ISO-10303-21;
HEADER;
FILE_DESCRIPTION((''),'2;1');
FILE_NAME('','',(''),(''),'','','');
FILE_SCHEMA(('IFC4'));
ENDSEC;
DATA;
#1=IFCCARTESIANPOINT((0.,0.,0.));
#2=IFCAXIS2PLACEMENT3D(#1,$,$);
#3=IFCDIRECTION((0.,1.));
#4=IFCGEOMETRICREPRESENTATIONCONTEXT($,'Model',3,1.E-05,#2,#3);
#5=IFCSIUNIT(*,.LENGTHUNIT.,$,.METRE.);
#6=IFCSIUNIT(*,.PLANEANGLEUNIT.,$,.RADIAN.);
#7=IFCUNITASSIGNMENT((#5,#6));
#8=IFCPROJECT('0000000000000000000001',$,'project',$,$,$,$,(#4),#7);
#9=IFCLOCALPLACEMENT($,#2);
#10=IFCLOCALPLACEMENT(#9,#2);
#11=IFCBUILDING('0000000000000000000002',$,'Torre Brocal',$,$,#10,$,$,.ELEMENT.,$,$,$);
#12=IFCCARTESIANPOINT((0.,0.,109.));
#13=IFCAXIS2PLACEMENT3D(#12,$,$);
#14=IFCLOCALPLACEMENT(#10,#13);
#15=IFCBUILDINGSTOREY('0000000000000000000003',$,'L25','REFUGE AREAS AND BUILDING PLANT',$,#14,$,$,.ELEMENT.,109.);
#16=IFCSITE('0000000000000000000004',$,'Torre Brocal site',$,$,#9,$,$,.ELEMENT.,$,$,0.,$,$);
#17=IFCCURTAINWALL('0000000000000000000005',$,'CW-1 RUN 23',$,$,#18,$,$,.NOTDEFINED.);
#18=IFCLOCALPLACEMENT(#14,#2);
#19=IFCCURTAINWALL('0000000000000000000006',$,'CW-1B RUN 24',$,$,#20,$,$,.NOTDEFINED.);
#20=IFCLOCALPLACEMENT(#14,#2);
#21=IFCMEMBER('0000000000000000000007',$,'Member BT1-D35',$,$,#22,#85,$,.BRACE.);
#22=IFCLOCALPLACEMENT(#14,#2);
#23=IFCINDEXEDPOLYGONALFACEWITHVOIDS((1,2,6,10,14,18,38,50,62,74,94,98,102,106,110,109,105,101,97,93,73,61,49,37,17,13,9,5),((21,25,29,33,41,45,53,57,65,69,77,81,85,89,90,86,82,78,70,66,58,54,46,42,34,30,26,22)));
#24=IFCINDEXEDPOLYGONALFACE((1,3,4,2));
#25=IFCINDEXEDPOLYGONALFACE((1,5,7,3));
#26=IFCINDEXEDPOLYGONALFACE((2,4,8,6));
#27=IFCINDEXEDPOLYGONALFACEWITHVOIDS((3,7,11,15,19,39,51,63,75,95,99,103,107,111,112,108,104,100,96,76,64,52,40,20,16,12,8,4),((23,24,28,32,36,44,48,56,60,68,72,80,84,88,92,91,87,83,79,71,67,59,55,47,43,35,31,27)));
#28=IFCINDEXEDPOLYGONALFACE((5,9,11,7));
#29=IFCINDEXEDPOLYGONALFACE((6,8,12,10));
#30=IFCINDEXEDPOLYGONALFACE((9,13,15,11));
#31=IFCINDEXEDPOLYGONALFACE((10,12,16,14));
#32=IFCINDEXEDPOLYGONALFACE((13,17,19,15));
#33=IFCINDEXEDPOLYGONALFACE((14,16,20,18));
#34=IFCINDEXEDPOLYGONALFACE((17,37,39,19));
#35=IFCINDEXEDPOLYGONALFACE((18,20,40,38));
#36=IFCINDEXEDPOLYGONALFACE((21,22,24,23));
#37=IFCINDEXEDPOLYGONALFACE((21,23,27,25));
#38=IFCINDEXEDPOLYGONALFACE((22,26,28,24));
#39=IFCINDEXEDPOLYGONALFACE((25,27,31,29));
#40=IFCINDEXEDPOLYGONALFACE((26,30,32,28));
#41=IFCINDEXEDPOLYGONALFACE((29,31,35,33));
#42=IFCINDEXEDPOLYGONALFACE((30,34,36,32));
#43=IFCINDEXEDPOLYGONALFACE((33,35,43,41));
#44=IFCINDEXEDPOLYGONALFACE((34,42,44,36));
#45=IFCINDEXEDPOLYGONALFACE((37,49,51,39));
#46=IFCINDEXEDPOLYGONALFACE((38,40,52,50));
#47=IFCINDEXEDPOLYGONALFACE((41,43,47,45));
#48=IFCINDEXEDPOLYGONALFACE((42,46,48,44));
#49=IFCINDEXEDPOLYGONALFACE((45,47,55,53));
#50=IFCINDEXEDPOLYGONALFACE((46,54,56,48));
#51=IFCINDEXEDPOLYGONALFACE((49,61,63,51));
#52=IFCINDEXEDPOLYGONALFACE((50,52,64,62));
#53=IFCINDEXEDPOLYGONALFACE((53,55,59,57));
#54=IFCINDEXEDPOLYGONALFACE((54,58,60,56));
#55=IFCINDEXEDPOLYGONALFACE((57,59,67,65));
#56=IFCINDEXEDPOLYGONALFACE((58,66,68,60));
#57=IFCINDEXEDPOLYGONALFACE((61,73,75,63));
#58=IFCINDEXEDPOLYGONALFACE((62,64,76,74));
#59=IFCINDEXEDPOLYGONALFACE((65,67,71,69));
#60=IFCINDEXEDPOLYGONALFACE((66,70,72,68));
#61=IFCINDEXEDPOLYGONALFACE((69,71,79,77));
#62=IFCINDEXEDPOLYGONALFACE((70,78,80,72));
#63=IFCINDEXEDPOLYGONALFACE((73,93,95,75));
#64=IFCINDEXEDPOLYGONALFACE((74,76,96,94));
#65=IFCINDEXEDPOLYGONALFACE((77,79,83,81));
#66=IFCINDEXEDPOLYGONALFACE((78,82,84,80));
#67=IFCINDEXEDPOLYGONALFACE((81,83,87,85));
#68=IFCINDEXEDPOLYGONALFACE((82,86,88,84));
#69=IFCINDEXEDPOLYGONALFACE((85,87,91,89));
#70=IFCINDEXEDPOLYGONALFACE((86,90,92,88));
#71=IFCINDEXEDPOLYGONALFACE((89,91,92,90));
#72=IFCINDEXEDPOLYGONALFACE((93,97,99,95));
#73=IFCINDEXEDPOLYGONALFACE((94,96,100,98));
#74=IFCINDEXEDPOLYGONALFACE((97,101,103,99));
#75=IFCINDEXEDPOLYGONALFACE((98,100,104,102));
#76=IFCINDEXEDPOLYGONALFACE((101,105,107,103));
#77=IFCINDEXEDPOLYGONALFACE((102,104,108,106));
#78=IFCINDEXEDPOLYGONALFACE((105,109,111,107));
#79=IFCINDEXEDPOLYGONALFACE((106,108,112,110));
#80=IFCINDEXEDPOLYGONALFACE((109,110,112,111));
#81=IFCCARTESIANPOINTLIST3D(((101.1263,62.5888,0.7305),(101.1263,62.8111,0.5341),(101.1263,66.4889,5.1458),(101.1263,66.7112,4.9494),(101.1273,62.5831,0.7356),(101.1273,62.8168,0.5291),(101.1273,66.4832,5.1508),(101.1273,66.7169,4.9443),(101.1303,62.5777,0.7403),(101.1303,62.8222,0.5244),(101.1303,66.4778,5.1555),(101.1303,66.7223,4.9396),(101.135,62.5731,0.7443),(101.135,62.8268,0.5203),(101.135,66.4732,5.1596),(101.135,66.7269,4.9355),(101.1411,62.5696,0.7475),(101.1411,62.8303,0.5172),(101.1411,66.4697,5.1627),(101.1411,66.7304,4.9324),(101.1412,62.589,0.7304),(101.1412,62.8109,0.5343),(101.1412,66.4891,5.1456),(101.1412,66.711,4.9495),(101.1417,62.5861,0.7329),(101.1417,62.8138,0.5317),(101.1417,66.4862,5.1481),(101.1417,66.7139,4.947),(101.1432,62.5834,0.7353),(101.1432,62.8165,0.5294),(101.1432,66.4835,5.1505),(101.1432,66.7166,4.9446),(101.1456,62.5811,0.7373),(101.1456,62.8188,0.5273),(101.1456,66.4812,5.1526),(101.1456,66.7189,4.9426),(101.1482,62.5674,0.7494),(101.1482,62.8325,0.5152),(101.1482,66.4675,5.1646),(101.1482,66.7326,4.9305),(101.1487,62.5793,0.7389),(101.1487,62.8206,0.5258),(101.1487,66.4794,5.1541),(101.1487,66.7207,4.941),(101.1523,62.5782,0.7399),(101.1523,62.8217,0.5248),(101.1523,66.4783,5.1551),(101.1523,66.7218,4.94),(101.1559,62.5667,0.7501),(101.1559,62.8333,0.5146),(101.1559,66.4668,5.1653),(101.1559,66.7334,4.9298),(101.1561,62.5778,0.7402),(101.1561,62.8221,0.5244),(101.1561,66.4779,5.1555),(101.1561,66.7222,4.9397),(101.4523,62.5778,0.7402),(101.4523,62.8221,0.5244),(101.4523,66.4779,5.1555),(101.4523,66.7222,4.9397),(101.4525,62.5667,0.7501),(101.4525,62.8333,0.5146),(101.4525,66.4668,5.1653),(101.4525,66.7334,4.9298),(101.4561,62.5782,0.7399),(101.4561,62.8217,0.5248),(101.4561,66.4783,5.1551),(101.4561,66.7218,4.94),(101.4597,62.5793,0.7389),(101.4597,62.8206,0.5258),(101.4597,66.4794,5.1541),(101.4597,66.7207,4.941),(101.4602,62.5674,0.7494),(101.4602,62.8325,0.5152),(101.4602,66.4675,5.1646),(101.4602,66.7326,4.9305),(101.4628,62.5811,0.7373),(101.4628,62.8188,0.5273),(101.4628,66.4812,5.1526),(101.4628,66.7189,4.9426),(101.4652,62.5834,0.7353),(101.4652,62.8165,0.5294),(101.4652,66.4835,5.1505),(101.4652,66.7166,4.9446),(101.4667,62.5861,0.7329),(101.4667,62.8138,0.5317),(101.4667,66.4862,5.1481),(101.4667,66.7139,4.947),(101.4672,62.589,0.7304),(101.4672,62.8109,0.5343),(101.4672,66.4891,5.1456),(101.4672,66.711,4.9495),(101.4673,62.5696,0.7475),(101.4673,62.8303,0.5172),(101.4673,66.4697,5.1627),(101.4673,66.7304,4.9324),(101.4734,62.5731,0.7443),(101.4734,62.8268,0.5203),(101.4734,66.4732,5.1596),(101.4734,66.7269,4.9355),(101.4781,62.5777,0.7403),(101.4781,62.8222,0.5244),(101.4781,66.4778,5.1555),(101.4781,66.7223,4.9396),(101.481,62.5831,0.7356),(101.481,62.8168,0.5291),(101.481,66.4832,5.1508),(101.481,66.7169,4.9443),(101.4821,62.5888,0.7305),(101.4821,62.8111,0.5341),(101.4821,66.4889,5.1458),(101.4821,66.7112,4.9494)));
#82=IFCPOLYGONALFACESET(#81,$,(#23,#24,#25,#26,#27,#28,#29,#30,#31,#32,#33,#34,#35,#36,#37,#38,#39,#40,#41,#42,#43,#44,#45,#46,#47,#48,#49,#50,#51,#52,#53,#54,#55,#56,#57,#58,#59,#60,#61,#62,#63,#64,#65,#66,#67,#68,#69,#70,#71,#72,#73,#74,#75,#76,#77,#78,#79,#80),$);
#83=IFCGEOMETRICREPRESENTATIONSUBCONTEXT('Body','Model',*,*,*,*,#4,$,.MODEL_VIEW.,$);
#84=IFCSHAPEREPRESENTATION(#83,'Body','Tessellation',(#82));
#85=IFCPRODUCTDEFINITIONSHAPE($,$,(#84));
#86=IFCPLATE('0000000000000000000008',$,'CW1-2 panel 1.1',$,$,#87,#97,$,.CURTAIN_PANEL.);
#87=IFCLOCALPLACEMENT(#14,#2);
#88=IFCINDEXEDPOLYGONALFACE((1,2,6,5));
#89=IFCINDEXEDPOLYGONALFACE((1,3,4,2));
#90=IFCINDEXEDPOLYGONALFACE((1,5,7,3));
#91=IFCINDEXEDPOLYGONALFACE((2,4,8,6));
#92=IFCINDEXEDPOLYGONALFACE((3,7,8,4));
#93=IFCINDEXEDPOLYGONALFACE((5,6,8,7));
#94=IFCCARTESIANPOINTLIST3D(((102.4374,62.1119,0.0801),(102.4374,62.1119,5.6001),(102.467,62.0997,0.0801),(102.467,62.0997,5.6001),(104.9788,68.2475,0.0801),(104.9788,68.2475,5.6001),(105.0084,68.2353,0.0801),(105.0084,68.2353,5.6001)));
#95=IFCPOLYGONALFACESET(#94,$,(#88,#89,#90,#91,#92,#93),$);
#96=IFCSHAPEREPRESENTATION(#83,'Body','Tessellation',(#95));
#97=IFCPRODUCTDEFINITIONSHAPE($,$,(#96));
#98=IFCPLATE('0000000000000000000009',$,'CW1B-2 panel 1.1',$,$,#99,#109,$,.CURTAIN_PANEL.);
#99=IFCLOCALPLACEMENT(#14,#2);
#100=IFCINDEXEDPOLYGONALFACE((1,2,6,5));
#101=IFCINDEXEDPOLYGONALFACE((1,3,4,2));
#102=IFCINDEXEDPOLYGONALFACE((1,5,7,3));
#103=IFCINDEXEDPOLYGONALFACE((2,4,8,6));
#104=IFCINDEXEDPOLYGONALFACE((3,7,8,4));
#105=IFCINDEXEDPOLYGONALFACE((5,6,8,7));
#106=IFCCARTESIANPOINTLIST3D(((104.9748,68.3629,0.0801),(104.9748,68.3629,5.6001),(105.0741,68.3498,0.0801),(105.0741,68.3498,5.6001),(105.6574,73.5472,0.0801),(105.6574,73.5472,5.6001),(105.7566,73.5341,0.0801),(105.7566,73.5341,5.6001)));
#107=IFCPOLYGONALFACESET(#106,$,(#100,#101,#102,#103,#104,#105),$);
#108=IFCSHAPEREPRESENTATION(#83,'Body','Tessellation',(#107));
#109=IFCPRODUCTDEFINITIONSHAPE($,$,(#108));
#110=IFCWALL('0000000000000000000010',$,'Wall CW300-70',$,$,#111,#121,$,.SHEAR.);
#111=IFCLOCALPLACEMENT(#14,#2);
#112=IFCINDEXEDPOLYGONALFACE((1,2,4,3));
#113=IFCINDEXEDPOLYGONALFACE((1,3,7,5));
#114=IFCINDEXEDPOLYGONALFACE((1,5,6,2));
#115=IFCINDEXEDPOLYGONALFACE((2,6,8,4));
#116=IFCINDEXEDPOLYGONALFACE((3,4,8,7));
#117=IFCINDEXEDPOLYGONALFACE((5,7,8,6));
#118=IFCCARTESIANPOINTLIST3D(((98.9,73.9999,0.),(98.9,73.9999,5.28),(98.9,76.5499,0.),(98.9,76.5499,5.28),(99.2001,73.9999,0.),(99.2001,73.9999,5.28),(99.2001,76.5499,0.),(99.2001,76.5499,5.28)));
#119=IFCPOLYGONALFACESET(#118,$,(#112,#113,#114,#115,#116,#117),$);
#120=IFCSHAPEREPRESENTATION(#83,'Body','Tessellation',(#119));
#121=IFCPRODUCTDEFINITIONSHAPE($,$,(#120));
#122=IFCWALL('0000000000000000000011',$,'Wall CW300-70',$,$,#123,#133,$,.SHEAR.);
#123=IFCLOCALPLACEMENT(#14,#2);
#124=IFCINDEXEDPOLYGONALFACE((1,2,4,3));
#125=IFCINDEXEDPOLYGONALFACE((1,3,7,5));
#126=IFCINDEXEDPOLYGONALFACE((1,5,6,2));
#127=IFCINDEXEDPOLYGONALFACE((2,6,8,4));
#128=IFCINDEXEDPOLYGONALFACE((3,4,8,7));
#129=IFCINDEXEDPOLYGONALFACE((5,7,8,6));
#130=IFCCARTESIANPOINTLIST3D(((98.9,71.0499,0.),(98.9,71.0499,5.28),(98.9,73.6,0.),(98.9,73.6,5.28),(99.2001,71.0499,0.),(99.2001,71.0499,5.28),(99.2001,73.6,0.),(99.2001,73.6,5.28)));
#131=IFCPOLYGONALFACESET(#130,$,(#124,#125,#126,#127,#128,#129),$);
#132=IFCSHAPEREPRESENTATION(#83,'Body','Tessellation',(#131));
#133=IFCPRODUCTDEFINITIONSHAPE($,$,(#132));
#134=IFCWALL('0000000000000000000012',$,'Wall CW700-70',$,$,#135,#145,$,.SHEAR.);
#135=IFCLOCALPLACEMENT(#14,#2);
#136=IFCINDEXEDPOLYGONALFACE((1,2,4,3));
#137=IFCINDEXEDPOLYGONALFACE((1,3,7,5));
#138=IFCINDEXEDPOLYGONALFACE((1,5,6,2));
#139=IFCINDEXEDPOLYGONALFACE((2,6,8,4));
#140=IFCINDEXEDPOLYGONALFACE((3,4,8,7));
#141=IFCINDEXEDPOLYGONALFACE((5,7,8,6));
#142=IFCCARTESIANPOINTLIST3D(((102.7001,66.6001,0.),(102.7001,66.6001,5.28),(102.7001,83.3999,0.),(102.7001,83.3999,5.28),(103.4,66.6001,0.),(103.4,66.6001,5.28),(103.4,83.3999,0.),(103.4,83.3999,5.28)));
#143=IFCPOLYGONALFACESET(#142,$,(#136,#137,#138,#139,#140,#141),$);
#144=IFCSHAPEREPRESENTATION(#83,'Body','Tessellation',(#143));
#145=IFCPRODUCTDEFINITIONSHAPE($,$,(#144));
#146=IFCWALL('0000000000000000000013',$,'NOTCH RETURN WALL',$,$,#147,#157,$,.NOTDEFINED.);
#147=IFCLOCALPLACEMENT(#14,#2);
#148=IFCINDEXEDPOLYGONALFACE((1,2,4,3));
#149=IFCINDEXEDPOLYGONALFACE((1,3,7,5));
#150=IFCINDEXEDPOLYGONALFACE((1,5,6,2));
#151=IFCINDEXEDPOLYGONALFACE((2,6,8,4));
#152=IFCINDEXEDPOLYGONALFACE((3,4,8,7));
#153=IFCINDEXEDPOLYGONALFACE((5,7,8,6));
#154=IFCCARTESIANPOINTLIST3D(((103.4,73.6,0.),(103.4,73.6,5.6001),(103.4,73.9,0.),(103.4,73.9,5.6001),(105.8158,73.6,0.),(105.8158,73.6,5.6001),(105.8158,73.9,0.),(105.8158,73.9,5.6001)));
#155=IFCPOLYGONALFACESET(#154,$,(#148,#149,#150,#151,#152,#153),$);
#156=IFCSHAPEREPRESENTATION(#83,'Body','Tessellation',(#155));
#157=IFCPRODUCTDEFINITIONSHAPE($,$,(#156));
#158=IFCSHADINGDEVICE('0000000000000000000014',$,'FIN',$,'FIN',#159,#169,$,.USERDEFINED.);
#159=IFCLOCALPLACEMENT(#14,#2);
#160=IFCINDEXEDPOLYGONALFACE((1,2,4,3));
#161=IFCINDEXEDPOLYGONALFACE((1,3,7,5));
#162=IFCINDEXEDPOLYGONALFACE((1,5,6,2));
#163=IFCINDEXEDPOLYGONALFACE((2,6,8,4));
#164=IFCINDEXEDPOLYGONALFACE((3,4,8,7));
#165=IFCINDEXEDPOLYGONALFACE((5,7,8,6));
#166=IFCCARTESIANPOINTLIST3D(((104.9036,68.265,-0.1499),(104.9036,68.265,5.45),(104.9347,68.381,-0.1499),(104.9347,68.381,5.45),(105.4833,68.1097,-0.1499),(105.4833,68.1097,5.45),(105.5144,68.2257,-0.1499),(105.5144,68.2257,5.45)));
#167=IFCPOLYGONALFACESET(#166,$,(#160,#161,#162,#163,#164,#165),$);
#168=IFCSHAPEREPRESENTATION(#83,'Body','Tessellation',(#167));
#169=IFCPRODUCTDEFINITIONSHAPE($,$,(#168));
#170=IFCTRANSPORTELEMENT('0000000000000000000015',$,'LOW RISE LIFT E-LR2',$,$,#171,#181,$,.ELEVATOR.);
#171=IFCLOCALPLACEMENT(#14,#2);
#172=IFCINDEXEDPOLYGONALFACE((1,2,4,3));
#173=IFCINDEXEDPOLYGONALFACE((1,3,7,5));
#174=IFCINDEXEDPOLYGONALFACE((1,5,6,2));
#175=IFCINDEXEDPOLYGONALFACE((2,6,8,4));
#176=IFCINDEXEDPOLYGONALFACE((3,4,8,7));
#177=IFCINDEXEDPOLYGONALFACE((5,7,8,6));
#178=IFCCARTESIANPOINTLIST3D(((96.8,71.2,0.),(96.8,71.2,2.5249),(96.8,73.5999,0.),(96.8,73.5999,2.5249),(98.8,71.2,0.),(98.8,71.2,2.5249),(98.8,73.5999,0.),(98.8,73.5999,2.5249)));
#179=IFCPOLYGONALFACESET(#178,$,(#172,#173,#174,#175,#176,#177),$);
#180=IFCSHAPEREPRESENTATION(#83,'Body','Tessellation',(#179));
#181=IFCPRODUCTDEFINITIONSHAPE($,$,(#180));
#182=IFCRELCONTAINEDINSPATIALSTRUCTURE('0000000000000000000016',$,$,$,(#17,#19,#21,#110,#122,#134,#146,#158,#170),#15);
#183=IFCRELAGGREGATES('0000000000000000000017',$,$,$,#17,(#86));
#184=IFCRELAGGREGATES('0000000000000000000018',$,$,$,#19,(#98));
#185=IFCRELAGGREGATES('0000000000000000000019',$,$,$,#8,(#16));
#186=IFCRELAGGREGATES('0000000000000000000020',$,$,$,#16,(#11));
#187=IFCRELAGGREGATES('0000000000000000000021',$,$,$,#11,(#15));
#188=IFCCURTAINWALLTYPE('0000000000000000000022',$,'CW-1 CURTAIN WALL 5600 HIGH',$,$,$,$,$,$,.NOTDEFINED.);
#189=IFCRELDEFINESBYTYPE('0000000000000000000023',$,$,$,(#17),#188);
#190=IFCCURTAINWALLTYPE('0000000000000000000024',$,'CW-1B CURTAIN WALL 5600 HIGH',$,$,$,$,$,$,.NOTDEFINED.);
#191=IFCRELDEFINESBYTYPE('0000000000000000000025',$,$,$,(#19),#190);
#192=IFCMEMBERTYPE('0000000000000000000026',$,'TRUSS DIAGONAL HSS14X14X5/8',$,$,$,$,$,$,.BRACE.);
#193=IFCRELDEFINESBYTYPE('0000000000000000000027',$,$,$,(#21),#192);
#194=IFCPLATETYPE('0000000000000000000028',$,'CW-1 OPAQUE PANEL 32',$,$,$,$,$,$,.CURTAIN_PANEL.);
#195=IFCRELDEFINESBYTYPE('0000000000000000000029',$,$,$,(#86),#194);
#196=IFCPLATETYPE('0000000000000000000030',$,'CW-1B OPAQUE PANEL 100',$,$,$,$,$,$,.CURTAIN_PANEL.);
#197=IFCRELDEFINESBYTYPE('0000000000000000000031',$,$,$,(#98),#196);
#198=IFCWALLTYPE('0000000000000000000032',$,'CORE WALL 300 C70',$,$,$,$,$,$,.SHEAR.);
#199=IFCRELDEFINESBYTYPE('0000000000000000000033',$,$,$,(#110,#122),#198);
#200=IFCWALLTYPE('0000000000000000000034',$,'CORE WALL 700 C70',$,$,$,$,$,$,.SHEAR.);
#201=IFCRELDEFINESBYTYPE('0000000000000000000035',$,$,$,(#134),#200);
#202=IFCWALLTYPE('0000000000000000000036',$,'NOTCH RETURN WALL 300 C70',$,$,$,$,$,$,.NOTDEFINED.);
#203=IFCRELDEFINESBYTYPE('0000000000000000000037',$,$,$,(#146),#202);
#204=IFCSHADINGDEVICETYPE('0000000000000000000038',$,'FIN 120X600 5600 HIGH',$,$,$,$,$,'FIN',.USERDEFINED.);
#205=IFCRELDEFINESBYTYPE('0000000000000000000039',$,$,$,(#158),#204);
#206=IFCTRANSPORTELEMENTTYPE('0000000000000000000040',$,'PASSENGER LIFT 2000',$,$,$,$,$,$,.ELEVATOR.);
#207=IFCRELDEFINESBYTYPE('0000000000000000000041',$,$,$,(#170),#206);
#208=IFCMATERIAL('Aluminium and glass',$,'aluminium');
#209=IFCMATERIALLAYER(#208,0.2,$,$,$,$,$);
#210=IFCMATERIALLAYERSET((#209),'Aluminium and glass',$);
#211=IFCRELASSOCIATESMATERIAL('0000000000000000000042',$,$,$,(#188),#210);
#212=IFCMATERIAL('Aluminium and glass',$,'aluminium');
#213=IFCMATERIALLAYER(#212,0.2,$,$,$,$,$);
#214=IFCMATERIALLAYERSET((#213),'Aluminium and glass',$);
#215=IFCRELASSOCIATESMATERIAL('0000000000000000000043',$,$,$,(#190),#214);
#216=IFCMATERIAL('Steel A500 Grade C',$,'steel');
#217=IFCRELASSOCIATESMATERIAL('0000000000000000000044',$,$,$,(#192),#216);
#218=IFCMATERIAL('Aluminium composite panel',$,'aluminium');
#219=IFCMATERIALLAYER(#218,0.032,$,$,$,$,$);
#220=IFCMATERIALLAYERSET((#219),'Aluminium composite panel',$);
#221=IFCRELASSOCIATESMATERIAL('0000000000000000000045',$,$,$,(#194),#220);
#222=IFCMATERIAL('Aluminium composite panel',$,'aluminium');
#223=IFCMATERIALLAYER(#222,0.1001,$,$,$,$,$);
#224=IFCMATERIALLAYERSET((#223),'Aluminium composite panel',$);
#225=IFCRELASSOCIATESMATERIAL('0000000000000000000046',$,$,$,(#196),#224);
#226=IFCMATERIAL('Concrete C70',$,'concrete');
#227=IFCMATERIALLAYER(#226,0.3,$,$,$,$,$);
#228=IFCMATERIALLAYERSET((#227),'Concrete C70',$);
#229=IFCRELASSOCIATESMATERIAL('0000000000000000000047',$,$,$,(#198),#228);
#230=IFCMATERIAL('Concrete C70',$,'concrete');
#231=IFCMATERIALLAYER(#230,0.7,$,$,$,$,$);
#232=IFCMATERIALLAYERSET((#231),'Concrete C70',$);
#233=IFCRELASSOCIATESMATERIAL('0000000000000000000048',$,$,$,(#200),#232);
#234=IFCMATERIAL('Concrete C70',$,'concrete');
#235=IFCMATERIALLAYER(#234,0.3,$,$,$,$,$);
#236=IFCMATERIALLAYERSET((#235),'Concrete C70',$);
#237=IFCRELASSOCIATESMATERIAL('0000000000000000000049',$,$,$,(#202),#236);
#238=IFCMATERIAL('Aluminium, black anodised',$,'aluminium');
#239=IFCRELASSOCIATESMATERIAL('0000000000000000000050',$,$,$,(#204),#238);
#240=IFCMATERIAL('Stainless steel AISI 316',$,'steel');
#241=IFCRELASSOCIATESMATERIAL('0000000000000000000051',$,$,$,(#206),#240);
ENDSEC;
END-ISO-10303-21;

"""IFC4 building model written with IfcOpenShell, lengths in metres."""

from ifc_helpers import new_model, si_unit, direction, frame, frame_2d, origin, origin_2d, place, context, subcontext, project, spatial, rectangle, hollow_rectangle, extrude, material, layer, layer_set, material_profile, profile_set, type_object, element, aggregate, save


model = new_model("IFC4")

# Units and contexts
model_context = context("Model", 3, precision=1e-05, world=origin(), true_north=direction((0.0, 1.0)))
body_context = subcontext(model_context, "Body", "Model", "MODEL_VIEW")
ifc_project = project(units=[si_unit("LENGTHUNIT", "METRE"), si_unit("PLANEANGLEUNIT", "RADIAN")], contexts=[model_context])

# Site, building, storey
site_placement = place(None, origin())
site = spatial("IfcSite", under=ifc_project, at=site_placement, Name="Torre Brocal site", CompositionType="ELEMENT", RefElevation=0.0)
building_placement = place(site_placement, origin())
building = spatial("IfcBuilding", under=site, at=building_placement, Name="Torre Brocal", CompositionType="ELEMENT")
storey_placement = place(building_placement, frame((0.0, 0.0, 109.0)))
storey = spatial("IfcBuildingStorey", under=building, at=storey_placement, Name="L25", Description="REFUGE AREAS AND BUILDING PLANT", CompositionType="ELEMENT", Elevation=109.0)

# Curtain wall
ifc_material_1 = material(Name="Aluminium and glass", Category="aluminium")
ifc_layer_1 = layer(ifc_material_1, 0.2)
ifc_layer_set_1 = layer_set([ifc_layer_1], Name="Aluminium and glass")
curtain_wall_type_1 = type_object("IfcCurtainWallType", Name="CW-1 CURTAIN WALL 5600 HIGH", PredefinedType="NOTDEFINED", material=ifc_layer_set_1)
curtain_wall_1_placement = place(storey_placement, origin())
curtain_wall_1 = element("IfcCurtainWall", 1, at=curtain_wall_1_placement, inside=storey, type_object=curtain_wall_type_1, Name="CW-1 RUN 23", PredefinedType="NOTDEFINED")

# Curtain wall
ifc_material_2 = material(Name="Aluminium and glass", Category="aluminium")
ifc_layer_2 = layer(ifc_material_2, 0.2)
ifc_layer_set_2 = layer_set([ifc_layer_2], Name="Aluminium and glass")
curtain_wall_type_2 = type_object("IfcCurtainWallType", Name="CW-1B CURTAIN WALL 5600 HIGH", PredefinedType="NOTDEFINED", material=ifc_layer_set_2)
curtain_wall_2_placement = place(storey_placement, origin())
curtain_wall_2 = element("IfcCurtainWall", 2, at=curtain_wall_2_placement, inside=storey, type_object=curtain_wall_type_2, Name="CW-1B RUN 24", PredefinedType="NOTDEFINED")

# Member
ifc_material_3 = material(Name="Steel A500 Grade C", Category="steel")
ifc_material_profile_1 = material_profile(ifc_material_3, hollow_rectangle(XDim=0.3557, YDim=0.3557, WallThickness=0.0149, InnerFilletRadius=0.0149, OuterFilletRadius=0.0295, at=origin_2d()), Name="HSS14X14X5/8")
ifc_profile_set_1 = profile_set([ifc_material_profile_1], Name="Steel A500 Grade C")
member_type_1 = type_object("IfcMemberType", Name="TRUSS DIAGONAL HSS14X14X5/8", PredefinedType="BRACE", material=ifc_profile_set_1)
member_1_placement = place(storey_placement, frame((101.3042, 62.7, 0.6323), z_axis=(0.0, 0.662033, 0.749475), x_axis=(-1.0, 0.0, 0.0)))
element("IfcMember", 3, at=member_1_placement, inside=storey, type_object=member_type_1, Name="Member BT1-D35", PredefinedType="BRACE", context=body_context, shape_type="SweptSolid", body=[
    extrude(hollow_rectangle(XDim=0.3557, YDim=0.3557, WallThickness=0.0149, InnerFilletRadius=0.0149, OuterFilletRadius=0.0295, at=origin_2d()), origin(), (0.0, 0.0, 1.0), 5.8911),
])

# Plates
ifc_material_4 = material(Name="Aluminium composite panel", Category="aluminium")
ifc_layer_3 = layer(ifc_material_4, 0.032)
ifc_layer_set_3 = layer_set([ifc_layer_3], Name="Aluminium composite panel")
plate_type_1 = type_object("IfcPlateType", Name="CW-1 OPAQUE PANEL 32", PredefinedType="CURTAIN_PANEL", material=ifc_layer_set_3)
plate_1_placement = place(storey_placement, frame((103.7229, 65.1736, 0.0801), z_axis=(0.0, 0.0, 1.0), x_axis=(0.382683, 0.92388, 0.0)))
plate_1 = element("IfcPlate", 4, at=plate_1_placement, type_object=plate_type_1, Name="CW1-2 panel 1.1", PredefinedType="CURTAIN_PANEL", context=body_context, shape_type="SweptSolid", body=[
    extrude(rectangle(XDim=6.6411, YDim=0.032, at=origin_2d()), origin(), (0.0, 0.0, 1.0), 5.52),
])
aggregate(curtain_wall_1, [plate_1])
ifc_material_5 = material(Name="Aluminium composite panel", Category="aluminium")
ifc_layer_4 = layer(ifc_material_5, 0.1001)
ifc_layer_set_4 = layer_set([ifc_layer_4], Name="Aluminium composite panel")
plate_type_2 = type_object("IfcPlateType", Name="CW-1B OPAQUE PANEL 100", PredefinedType="CURTAIN_PANEL", material=ifc_layer_set_4)
plate_2_placement = place(storey_placement, frame((105.3657, 70.9485, 0.0801), z_axis=(0.0, 0.0, 1.0), x_axis=(0.130526, 0.991445, 0.0)))
plate_2 = element("IfcPlate", 5, at=plate_2_placement, type_object=plate_type_2, Name="CW1B-2 panel 1.1", PredefinedType="CURTAIN_PANEL", context=body_context, shape_type="SweptSolid", body=[
    extrude(rectangle(XDim=5.229, YDim=0.1001, at=origin_2d()), origin(), (0.0, 0.0, 1.0), 5.52),
])
aggregate(curtain_wall_2, [plate_2])

# Walls
ifc_material_6 = material(Name="Concrete C70", Category="concrete")
ifc_layer_5 = layer(ifc_material_6, 0.3)
ifc_layer_set_5 = layer_set([ifc_layer_5], Name="Concrete C70")
wall_type_1 = type_object("IfcWallType", Name="CORE WALL 300 C70", PredefinedType="SHEAR", material=ifc_layer_set_5)
for number, where, z_axis, x_axis, name in (
    (6, (99.05, 74.0, 0.0), (0.0, 0.0, 1.0), (0.0, 1.0, 0.0), "Wall CW300-70"),
    (7, (99.05, 71.05, 0.0), (0.0, 0.0, 1.0), (0.0, 1.0, 0.0), "Wall CW300-70"),
):
    element("IfcWall", number, at=place(storey_placement, frame(where, z_axis=z_axis, x_axis=x_axis)), inside=storey, type_object=wall_type_1, Name=name, PredefinedType="SHEAR", context=body_context, shape_type="SweptSolid", body=[
        extrude(rectangle(XDim=2.55, YDim=0.3, at=frame_2d((1.2749, 0.0))), origin(), (0.0, 0.0, 1.0), 5.28),
    ])
ifc_material_7 = material(Name="Concrete C70", Category="concrete")
ifc_layer_6 = layer(ifc_material_7, 0.7)
ifc_layer_set_6 = layer_set([ifc_layer_6], Name="Concrete C70")
wall_type_2 = type_object("IfcWallType", Name="CORE WALL 700 C70", PredefinedType="SHEAR", material=ifc_layer_set_6)
wall_1_placement = place(storey_placement, frame((103.05, 66.6001, 0.0), z_axis=(0.0, 0.0, 1.0), x_axis=(0.0, 1.0, 0.0)))
element("IfcWall", 8, at=wall_1_placement, inside=storey, type_object=wall_type_2, Name="Wall CW700-70", PredefinedType="SHEAR", context=body_context, shape_type="SweptSolid", body=[
    extrude(rectangle(XDim=16.7998, YDim=0.7, at=frame_2d((8.3999, 0.0))), origin(), (0.0, 0.0, 1.0), 5.28),
])
ifc_material_8 = material(Name="Concrete C70", Category="concrete")
ifc_layer_7 = layer(ifc_material_8, 0.3)
ifc_layer_set_7 = layer_set([ifc_layer_7], Name="Concrete C70")
wall_type_3 = type_object("IfcWallType", Name="NOTCH RETURN WALL 300 C70", PredefinedType="NOTDEFINED", material=ifc_layer_set_7)
wall_2_placement = place(storey_placement, frame((103.3999, 73.75, 0.0), z_axis=(0.0, 0.0, 1.0), x_axis=(1.0, 0.0, 0.0)))
element("IfcWall", 9, at=wall_2_placement, inside=storey, type_object=wall_type_3, Name="NOTCH RETURN WALL", PredefinedType="NOTDEFINED", context=body_context, shape_type="SweptSolid", body=[
    extrude(rectangle(XDim=2.4158, YDim=0.3, at=frame_2d((1.208, 0.0))), origin(), (0.0, 0.0, 1.0), 5.6001),
])

# Shading device
ifc_material_9 = material(Name="Aluminium, black anodised", Category="aluminium")
ifc_material_profile_2 = material_profile(ifc_material_9, rectangle(XDim=0.1201, YDim=0.6001, at=origin_2d()), Name="FIN 120X600 5600 HIGH")
ifc_profile_set_2 = profile_set([ifc_material_profile_2], Name="Aluminium, black anodised")
shading_device_type = type_object("IfcShadingDeviceType", Name="FIN 120X600 5600 HIGH", ElementType="FIN", PredefinedType="USERDEFINED", material=ifc_profile_set_2)
shading_device_placement = place(storey_placement, frame((105.209, 68.2454, -0.1499), z_axis=(0.0, 0.0, 1.0), x_axis=(0.258819, 0.965926, 0.0)))
element("IfcShadingDevice", 10, at=shading_device_placement, inside=storey, type_object=shading_device_type, Name="FIN", ObjectType="FIN", PredefinedType="USERDEFINED", context=body_context, shape_type="SweptSolid", body=[
    extrude(rectangle(XDim=0.1201, YDim=0.6001, at=origin_2d()), origin(), (0.0, 0.0, 1.0), 5.5999),
])

# Transport element
ifc_material_10 = material(Name="Stainless steel AISI 316", Category="steel")
transport_element_type_1 = type_object("IfcTransportElementType", Name="PASSENGER LIFT 2000", PredefinedType="ELEVATOR", material=ifc_material_10)
for number, where, z_axis, x_axis, name in (
    (11, (97.8, 72.3999, 0.0), (0.0, 0.0, 1.0), (1.0, 0.0, 0.0), "LOW RISE LIFT E-LR2"),
):
    element("IfcTransportElement", number, at=place(storey_placement, frame(where, z_axis=z_axis, x_axis=x_axis)), inside=storey, type_object=transport_element_type_1, Name=name, PredefinedType="ELEVATOR", context=body_context, shape_type="SweptSolid", body=[
        extrude(rectangle(XDim=2.0, YDim=2.3999, at=origin_2d()), origin(), (0.0, 0.0, 1.0), 2.5249),
    ])

save(model, "model.ifc")
